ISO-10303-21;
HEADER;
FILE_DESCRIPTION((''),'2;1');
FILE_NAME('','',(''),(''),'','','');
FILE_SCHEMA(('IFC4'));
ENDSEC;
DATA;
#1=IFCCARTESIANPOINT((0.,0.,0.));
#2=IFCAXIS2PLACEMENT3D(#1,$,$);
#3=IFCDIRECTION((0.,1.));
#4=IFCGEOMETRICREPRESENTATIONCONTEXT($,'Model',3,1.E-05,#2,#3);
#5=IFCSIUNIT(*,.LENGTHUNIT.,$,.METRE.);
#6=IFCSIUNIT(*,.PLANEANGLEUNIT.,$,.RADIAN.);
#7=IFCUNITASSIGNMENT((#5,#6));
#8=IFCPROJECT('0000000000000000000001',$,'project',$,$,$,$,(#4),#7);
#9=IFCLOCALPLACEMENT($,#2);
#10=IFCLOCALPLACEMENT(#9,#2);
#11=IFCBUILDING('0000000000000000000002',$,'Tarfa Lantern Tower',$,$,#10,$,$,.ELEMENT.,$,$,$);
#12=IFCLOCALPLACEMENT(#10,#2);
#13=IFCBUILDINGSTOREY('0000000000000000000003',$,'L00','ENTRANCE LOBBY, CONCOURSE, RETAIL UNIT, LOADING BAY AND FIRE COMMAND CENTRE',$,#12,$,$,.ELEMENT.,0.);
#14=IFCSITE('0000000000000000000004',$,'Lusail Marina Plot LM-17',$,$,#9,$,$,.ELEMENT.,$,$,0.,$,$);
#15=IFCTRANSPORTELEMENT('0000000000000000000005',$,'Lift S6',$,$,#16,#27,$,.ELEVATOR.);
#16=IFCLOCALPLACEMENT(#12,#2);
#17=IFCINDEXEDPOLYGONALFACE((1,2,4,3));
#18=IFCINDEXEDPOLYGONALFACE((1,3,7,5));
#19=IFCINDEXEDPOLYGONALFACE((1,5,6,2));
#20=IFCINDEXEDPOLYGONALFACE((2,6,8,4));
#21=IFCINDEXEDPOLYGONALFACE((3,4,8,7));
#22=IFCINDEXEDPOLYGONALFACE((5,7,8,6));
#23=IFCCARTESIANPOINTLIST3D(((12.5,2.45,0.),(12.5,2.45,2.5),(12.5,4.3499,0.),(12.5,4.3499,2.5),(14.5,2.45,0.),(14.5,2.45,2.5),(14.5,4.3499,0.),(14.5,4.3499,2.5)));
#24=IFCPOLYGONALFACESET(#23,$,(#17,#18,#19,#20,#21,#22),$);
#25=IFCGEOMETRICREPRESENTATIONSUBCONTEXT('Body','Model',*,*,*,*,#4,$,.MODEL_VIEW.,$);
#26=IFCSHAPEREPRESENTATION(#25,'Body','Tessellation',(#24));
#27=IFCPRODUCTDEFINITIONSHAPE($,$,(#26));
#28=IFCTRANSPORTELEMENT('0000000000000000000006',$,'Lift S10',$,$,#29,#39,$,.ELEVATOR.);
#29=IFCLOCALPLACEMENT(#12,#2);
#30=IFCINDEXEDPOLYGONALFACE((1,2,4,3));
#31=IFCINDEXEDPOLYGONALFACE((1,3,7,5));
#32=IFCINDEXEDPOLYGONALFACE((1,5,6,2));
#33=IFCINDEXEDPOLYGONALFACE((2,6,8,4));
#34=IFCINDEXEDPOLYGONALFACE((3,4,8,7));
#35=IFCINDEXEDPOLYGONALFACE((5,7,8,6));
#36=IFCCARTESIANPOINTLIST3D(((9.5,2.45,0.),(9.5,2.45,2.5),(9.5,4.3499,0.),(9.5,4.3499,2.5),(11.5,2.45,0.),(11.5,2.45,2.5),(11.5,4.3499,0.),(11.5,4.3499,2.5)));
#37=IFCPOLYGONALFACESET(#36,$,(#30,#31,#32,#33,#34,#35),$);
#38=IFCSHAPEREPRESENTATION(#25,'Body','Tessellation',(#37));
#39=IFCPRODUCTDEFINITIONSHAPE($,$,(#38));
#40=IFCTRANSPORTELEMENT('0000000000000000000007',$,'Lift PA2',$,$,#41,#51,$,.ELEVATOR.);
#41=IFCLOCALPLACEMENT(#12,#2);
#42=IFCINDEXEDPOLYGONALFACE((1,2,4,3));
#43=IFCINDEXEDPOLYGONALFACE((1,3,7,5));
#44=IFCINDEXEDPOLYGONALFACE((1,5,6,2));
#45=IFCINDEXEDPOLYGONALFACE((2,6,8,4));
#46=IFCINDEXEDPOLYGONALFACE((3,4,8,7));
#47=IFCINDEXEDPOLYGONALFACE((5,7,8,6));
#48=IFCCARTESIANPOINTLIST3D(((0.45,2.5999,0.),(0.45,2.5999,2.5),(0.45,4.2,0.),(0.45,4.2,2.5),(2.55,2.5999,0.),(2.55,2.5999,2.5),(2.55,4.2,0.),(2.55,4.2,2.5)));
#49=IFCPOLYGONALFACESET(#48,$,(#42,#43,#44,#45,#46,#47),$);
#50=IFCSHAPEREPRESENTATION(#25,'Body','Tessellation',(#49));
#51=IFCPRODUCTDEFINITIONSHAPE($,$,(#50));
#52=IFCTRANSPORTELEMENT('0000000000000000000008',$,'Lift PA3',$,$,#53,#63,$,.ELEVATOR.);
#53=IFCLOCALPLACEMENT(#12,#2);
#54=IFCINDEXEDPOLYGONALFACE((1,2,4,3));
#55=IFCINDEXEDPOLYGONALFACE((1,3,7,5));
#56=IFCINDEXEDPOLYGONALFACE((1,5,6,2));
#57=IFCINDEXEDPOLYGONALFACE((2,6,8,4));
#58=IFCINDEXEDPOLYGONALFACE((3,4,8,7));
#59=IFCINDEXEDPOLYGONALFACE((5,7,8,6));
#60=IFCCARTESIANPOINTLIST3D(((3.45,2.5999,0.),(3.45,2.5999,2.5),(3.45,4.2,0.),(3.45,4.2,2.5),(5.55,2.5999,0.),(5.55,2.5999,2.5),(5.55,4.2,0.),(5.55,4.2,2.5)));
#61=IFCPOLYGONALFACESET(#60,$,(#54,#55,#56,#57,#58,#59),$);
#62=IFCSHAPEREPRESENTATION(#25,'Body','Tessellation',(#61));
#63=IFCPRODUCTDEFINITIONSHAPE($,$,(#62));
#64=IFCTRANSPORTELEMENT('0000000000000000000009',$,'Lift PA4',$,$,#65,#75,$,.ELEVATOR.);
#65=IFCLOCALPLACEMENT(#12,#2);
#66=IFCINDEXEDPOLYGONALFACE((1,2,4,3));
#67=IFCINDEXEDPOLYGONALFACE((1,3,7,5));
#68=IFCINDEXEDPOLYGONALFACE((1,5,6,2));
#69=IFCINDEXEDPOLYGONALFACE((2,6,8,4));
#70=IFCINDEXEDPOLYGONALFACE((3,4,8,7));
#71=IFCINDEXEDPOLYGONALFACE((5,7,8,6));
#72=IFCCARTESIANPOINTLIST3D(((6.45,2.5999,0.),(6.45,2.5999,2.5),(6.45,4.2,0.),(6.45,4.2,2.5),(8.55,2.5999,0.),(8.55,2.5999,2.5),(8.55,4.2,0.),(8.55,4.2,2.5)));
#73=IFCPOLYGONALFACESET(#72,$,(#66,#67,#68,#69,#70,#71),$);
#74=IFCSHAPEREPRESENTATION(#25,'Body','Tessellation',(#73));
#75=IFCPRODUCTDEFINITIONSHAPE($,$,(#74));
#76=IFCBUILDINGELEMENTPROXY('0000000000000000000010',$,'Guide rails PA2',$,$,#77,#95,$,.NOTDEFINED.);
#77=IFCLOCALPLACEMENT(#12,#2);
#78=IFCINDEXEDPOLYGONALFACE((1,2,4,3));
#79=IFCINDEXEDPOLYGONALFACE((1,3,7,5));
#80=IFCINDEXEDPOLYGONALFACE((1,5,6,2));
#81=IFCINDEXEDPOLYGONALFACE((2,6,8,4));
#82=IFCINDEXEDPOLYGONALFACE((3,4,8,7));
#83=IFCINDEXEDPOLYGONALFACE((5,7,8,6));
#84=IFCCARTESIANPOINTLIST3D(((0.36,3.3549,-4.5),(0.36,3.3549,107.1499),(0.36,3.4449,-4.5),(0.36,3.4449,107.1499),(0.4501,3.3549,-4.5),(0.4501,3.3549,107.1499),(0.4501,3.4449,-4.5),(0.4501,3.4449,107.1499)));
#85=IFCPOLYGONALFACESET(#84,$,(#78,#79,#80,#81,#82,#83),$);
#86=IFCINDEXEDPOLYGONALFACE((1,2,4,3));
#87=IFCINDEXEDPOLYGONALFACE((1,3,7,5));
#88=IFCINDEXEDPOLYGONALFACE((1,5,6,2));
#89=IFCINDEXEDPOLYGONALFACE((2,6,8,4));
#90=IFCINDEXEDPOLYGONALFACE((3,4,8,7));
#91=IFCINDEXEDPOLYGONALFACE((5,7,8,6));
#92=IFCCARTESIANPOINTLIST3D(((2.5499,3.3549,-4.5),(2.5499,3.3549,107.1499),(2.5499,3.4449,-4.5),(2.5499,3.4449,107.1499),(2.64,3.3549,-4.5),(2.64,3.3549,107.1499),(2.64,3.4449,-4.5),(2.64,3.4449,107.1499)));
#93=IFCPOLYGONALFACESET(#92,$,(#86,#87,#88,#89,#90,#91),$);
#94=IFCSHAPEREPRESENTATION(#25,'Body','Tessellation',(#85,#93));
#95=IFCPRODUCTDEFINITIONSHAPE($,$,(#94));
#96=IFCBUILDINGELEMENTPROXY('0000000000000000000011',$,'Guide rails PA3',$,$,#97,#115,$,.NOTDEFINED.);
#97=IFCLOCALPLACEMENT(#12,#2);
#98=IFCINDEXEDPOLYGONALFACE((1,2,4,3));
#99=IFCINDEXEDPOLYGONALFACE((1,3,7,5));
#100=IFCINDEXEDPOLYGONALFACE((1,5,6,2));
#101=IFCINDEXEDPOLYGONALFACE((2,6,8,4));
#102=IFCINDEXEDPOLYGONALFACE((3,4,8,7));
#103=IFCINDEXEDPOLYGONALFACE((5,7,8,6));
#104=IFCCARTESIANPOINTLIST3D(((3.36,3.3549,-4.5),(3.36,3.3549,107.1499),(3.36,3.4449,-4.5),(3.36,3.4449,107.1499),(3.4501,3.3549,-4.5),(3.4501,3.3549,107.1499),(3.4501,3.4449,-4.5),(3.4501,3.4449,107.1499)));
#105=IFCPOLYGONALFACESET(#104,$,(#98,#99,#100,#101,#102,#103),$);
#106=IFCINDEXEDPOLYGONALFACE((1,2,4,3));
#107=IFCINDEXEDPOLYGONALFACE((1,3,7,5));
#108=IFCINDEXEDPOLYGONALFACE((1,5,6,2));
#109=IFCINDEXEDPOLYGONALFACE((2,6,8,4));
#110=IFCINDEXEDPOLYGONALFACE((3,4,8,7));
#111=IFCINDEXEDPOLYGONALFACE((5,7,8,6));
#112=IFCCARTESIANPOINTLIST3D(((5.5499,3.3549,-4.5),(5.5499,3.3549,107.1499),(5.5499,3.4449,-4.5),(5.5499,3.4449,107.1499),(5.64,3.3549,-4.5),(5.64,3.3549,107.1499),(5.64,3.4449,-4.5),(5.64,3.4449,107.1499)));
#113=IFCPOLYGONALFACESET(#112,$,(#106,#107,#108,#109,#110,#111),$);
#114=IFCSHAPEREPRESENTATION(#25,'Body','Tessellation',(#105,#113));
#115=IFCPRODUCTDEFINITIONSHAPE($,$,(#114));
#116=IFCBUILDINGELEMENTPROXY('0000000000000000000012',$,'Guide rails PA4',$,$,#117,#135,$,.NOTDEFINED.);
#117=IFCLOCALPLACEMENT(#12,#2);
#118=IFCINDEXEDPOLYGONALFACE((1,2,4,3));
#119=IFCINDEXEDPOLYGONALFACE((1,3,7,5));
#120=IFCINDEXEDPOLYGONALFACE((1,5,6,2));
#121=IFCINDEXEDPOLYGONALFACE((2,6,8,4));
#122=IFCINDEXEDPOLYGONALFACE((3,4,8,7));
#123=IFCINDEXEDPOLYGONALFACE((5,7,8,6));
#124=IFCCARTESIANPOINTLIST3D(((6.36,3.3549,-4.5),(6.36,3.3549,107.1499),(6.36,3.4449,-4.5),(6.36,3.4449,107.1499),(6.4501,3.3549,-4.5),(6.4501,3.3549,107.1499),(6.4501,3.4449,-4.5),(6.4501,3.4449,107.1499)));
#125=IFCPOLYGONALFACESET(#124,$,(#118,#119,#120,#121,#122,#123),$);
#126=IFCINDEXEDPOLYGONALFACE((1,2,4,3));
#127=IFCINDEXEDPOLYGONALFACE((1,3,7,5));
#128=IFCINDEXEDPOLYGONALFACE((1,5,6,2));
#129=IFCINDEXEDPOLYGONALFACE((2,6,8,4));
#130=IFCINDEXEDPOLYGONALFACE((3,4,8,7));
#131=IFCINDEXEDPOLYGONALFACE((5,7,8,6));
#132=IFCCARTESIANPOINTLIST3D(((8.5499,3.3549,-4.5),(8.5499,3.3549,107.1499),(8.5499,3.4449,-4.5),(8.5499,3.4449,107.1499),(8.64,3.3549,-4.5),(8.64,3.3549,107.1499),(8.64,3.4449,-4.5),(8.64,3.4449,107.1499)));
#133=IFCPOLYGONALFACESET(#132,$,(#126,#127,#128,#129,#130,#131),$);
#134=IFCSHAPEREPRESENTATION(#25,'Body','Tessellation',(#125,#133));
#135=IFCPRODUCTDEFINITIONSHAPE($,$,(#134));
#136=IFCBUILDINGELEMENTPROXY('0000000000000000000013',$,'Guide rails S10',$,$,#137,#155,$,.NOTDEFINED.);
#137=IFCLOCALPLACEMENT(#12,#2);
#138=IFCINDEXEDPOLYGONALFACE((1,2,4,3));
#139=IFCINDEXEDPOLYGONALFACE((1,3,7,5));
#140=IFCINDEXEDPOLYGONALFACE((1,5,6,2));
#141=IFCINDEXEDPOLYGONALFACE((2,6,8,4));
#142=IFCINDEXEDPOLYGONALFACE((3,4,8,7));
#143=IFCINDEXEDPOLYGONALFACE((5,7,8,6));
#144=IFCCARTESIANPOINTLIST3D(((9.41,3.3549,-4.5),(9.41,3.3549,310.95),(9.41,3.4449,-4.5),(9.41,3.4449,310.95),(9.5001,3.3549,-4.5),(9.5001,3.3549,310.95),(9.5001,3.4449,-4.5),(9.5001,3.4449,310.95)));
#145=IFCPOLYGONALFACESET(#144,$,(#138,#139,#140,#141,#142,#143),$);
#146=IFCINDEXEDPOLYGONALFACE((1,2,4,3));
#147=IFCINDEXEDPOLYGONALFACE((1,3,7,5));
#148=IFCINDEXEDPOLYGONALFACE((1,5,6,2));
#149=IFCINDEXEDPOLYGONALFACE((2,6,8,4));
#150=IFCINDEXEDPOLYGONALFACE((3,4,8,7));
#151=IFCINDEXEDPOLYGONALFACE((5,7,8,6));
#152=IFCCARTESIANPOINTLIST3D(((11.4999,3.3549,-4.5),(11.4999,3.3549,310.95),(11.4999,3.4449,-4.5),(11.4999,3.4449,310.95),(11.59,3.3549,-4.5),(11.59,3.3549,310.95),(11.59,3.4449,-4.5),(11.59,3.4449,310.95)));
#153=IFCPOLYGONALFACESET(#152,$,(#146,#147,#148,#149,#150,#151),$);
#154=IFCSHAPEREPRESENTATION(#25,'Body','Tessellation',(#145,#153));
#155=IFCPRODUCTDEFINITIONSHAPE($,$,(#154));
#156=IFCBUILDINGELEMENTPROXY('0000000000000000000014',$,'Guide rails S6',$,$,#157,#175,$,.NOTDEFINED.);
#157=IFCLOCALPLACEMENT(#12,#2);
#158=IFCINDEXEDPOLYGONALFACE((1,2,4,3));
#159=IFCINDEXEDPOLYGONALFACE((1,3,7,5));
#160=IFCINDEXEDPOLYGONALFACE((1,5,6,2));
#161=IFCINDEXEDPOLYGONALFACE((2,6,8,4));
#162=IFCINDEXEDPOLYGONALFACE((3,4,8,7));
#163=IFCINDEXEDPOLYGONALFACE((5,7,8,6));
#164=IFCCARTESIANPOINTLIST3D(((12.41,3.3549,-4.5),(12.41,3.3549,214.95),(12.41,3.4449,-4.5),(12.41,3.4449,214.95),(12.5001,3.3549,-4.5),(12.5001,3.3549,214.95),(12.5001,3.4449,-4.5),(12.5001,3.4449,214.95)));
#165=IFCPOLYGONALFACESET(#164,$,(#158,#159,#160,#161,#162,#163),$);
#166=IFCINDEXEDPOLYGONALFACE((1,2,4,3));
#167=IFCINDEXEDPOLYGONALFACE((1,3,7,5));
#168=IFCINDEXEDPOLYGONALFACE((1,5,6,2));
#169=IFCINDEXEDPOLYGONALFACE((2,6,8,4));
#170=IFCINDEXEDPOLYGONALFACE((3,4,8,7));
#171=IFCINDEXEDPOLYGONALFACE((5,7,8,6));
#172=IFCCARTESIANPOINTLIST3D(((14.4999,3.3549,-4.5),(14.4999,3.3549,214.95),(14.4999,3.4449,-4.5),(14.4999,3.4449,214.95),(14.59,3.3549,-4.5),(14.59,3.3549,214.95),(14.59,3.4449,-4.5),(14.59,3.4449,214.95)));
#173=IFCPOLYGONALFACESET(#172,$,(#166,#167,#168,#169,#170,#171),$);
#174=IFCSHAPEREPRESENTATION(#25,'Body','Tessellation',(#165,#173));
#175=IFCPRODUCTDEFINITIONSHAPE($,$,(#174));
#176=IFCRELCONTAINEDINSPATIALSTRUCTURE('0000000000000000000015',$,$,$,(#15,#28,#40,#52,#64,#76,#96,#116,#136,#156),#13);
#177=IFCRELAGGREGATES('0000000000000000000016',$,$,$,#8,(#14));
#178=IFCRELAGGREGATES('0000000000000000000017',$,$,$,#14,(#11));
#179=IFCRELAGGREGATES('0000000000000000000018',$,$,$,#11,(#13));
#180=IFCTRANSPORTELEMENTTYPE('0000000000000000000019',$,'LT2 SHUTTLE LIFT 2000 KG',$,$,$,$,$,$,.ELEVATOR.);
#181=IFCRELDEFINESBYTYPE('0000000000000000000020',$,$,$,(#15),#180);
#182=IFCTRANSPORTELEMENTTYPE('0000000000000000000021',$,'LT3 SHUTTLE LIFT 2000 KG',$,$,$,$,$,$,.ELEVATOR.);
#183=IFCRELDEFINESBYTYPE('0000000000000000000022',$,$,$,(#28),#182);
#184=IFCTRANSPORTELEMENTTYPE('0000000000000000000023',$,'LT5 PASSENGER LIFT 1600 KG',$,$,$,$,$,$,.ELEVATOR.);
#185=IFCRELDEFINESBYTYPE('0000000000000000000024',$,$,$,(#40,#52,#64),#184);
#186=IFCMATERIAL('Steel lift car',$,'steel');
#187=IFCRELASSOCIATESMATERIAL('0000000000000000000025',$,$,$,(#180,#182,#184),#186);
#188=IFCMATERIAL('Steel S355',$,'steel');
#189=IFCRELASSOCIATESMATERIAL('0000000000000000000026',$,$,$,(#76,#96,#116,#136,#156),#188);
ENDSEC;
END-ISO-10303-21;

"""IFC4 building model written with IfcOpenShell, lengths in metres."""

from ifc_helpers import new_model, si_unit, direction, frame, frame_2d, origin, origin_2d, place, context, subcontext, project, spatial, rectangle, extrude, material, type_object, element, save


model = new_model("IFC4")

# Units and contexts
model_context = context("Model", 3, precision=1e-05, world=origin(), true_north=direction((0.0, 1.0)))
body_context = subcontext(model_context, "Body", "Model", "MODEL_VIEW")
ifc_project = project(units=[si_unit("LENGTHUNIT", "METRE"), si_unit("PLANEANGLEUNIT", "RADIAN")], contexts=[model_context])

# Site, building, storey
site_placement = place(None, origin())
site = spatial("IfcSite", under=ifc_project, at=site_placement, Name="Lusail Marina Plot LM-17", CompositionType="ELEMENT", RefElevation=0.0)
building_placement = place(site_placement, origin())
building = spatial("IfcBuilding", under=site, at=building_placement, Name="Tarfa Lantern Tower", CompositionType="ELEMENT")
storey_placement = place(building_placement, origin())
storey = spatial("IfcBuildingStorey", under=building, at=storey_placement, Name="L00", Description="ENTRANCE LOBBY, CONCOURSE, RETAIL UNIT, LOADING BAY AND FIRE COMMAND CENTRE", CompositionType="ELEMENT", Elevation=0.0)

# Transport elements
ifc_material_1 = material(Name="Steel lift car", Category="steel")
transport_element_type_1 = type_object("IfcTransportElementType", Name="LT2 SHUTTLE LIFT 2000 KG", PredefinedType="ELEVATOR", material=ifc_material_1)
transport_element_1_placement = place(storey_placement, frame((13.5, 3.3999, 0.0), z_axis=(0.0, 0.0, 1.0), x_axis=(1.0, 0.0, 0.0)))
element("IfcTransportElement", 1, at=transport_element_1_placement, inside=storey, type_object=transport_element_type_1, Name="Lift S6", PredefinedType="ELEVATOR", context=body_context, shape_type="SweptSolid", body=[
    extrude(rectangle(XDim=2.0, YDim=1.8999, at=origin_2d()), origin(), (0.0, 0.0, 1.0), 2.5),
])
transport_element_type_2 = type_object("IfcTransportElementType", Name="LT3 SHUTTLE LIFT 2000 KG", PredefinedType="ELEVATOR", material=ifc_material_1)
transport_element_2_placement = place(storey_placement, frame((10.5, 3.3999, 0.0), z_axis=(0.0, 0.0, 1.0), x_axis=(1.0, 0.0, 0.0)))
element("IfcTransportElement", 2, at=transport_element_2_placement, inside=storey, type_object=transport_element_type_2, Name="Lift S10", PredefinedType="ELEVATOR", context=body_context, shape_type="SweptSolid", body=[
    extrude(rectangle(XDim=2.0, YDim=1.8999, at=origin_2d()), origin(), (0.0, 0.0, 1.0), 2.5),
])
transport_element_type_3 = type_object("IfcTransportElementType", Name="LT5 PASSENGER LIFT 1600 KG", PredefinedType="ELEVATOR", material=ifc_material_1)
for number, where, z_axis, x_axis, name in (
    (3, (1.5, 3.3999, 0.0), (0.0, 0.0, 1.0), (1.0, 0.0, 0.0), "Lift PA2"),
    (4, (4.5, 3.3999, 0.0), (0.0, 0.0, 1.0), (1.0, 0.0, 0.0), "Lift PA3"),
    (5, (7.5, 3.3999, 0.0), (0.0, 0.0, 1.0), (1.0, 0.0, 0.0), "Lift PA4"),
):
    element("IfcTransportElement", number, at=place(storey_placement, frame(where, z_axis=z_axis, x_axis=x_axis)), inside=storey, type_object=transport_element_type_3, Name=name, PredefinedType="ELEVATOR", context=body_context, shape_type="SweptSolid", body=[
        extrude(rectangle(XDim=2.1001, YDim=1.6001, at=origin_2d()), origin(), (0.0, 0.0, 1.0), 2.5),
    ])

# Building element proxies
ifc_material_2 = material(Name="Steel S355", Category="steel")
for number, where, z_axis, x_axis, name in (
    (6, (0.405, 3.3999, -4.5), (0.0, 0.0, 1.0), (1.0, 0.0, 0.0), "Guide rails PA2"),
    (7, (3.405, 3.3999, -4.5), (0.0, 0.0, 1.0), (1.0, 0.0, 0.0), "Guide rails PA3"),
    (8, (6.405, 3.3999, -4.5), (0.0, 0.0, 1.0), (1.0, 0.0, 0.0), "Guide rails PA4"),
):
    element("IfcBuildingElementProxy", number, at=place(storey_placement, frame(where, z_axis=z_axis, x_axis=x_axis)), inside=storey, material=ifc_material_2, Name=name, PredefinedType="NOTDEFINED", context=body_context, shape_type="SweptSolid", body=[
        extrude(rectangle(XDim=0.0901, YDim=0.0901, at=origin_2d()), origin(), (0.0, 0.0, 1.0), 111.6499),
        extrude(rectangle(XDim=0.0901, YDim=0.0901, at=frame_2d((2.1899, 0.0))), origin(), (0.0, 0.0, 1.0), 111.6499),
    ])
proxy_1_placement = place(storey_placement, frame((9.4551, 3.3999, -4.5), z_axis=(0.0, 0.0, 1.0), x_axis=(1.0, 0.0, 0.0)))
element("IfcBuildingElementProxy", 9, at=proxy_1_placement, inside=storey, material=ifc_material_2, Name="Guide rails S10", PredefinedType="NOTDEFINED", context=body_context, shape_type="SweptSolid", body=[
    extrude(rectangle(XDim=0.0901, YDim=0.0901, at=origin_2d()), origin(), (0.0, 0.0, 1.0), 315.45),
    extrude(rectangle(XDim=0.0901, YDim=0.0901, at=frame_2d((2.0898, 0.0))), origin(), (0.0, 0.0, 1.0), 315.45),
])
proxy_2_placement = place(storey_placement, frame((12.4551, 3.3999, -4.5), z_axis=(0.0, 0.0, 1.0), x_axis=(1.0, 0.0, 0.0)))
element("IfcBuildingElementProxy", 10, at=proxy_2_placement, inside=storey, material=ifc_material_2, Name="Guide rails S6", PredefinedType="NOTDEFINED", context=body_context, shape_type="SweptSolid", body=[
    extrude(rectangle(XDim=0.0901, YDim=0.0901, at=origin_2d()), origin(), (0.0, 0.0, 1.0), 219.45),
    extrude(rectangle(XDim=0.0901, YDim=0.0901, at=frame_2d((2.0898, 0.0))), origin(), (0.0, 0.0, 1.0), 219.45),
])

save(model, "model.ifc")
